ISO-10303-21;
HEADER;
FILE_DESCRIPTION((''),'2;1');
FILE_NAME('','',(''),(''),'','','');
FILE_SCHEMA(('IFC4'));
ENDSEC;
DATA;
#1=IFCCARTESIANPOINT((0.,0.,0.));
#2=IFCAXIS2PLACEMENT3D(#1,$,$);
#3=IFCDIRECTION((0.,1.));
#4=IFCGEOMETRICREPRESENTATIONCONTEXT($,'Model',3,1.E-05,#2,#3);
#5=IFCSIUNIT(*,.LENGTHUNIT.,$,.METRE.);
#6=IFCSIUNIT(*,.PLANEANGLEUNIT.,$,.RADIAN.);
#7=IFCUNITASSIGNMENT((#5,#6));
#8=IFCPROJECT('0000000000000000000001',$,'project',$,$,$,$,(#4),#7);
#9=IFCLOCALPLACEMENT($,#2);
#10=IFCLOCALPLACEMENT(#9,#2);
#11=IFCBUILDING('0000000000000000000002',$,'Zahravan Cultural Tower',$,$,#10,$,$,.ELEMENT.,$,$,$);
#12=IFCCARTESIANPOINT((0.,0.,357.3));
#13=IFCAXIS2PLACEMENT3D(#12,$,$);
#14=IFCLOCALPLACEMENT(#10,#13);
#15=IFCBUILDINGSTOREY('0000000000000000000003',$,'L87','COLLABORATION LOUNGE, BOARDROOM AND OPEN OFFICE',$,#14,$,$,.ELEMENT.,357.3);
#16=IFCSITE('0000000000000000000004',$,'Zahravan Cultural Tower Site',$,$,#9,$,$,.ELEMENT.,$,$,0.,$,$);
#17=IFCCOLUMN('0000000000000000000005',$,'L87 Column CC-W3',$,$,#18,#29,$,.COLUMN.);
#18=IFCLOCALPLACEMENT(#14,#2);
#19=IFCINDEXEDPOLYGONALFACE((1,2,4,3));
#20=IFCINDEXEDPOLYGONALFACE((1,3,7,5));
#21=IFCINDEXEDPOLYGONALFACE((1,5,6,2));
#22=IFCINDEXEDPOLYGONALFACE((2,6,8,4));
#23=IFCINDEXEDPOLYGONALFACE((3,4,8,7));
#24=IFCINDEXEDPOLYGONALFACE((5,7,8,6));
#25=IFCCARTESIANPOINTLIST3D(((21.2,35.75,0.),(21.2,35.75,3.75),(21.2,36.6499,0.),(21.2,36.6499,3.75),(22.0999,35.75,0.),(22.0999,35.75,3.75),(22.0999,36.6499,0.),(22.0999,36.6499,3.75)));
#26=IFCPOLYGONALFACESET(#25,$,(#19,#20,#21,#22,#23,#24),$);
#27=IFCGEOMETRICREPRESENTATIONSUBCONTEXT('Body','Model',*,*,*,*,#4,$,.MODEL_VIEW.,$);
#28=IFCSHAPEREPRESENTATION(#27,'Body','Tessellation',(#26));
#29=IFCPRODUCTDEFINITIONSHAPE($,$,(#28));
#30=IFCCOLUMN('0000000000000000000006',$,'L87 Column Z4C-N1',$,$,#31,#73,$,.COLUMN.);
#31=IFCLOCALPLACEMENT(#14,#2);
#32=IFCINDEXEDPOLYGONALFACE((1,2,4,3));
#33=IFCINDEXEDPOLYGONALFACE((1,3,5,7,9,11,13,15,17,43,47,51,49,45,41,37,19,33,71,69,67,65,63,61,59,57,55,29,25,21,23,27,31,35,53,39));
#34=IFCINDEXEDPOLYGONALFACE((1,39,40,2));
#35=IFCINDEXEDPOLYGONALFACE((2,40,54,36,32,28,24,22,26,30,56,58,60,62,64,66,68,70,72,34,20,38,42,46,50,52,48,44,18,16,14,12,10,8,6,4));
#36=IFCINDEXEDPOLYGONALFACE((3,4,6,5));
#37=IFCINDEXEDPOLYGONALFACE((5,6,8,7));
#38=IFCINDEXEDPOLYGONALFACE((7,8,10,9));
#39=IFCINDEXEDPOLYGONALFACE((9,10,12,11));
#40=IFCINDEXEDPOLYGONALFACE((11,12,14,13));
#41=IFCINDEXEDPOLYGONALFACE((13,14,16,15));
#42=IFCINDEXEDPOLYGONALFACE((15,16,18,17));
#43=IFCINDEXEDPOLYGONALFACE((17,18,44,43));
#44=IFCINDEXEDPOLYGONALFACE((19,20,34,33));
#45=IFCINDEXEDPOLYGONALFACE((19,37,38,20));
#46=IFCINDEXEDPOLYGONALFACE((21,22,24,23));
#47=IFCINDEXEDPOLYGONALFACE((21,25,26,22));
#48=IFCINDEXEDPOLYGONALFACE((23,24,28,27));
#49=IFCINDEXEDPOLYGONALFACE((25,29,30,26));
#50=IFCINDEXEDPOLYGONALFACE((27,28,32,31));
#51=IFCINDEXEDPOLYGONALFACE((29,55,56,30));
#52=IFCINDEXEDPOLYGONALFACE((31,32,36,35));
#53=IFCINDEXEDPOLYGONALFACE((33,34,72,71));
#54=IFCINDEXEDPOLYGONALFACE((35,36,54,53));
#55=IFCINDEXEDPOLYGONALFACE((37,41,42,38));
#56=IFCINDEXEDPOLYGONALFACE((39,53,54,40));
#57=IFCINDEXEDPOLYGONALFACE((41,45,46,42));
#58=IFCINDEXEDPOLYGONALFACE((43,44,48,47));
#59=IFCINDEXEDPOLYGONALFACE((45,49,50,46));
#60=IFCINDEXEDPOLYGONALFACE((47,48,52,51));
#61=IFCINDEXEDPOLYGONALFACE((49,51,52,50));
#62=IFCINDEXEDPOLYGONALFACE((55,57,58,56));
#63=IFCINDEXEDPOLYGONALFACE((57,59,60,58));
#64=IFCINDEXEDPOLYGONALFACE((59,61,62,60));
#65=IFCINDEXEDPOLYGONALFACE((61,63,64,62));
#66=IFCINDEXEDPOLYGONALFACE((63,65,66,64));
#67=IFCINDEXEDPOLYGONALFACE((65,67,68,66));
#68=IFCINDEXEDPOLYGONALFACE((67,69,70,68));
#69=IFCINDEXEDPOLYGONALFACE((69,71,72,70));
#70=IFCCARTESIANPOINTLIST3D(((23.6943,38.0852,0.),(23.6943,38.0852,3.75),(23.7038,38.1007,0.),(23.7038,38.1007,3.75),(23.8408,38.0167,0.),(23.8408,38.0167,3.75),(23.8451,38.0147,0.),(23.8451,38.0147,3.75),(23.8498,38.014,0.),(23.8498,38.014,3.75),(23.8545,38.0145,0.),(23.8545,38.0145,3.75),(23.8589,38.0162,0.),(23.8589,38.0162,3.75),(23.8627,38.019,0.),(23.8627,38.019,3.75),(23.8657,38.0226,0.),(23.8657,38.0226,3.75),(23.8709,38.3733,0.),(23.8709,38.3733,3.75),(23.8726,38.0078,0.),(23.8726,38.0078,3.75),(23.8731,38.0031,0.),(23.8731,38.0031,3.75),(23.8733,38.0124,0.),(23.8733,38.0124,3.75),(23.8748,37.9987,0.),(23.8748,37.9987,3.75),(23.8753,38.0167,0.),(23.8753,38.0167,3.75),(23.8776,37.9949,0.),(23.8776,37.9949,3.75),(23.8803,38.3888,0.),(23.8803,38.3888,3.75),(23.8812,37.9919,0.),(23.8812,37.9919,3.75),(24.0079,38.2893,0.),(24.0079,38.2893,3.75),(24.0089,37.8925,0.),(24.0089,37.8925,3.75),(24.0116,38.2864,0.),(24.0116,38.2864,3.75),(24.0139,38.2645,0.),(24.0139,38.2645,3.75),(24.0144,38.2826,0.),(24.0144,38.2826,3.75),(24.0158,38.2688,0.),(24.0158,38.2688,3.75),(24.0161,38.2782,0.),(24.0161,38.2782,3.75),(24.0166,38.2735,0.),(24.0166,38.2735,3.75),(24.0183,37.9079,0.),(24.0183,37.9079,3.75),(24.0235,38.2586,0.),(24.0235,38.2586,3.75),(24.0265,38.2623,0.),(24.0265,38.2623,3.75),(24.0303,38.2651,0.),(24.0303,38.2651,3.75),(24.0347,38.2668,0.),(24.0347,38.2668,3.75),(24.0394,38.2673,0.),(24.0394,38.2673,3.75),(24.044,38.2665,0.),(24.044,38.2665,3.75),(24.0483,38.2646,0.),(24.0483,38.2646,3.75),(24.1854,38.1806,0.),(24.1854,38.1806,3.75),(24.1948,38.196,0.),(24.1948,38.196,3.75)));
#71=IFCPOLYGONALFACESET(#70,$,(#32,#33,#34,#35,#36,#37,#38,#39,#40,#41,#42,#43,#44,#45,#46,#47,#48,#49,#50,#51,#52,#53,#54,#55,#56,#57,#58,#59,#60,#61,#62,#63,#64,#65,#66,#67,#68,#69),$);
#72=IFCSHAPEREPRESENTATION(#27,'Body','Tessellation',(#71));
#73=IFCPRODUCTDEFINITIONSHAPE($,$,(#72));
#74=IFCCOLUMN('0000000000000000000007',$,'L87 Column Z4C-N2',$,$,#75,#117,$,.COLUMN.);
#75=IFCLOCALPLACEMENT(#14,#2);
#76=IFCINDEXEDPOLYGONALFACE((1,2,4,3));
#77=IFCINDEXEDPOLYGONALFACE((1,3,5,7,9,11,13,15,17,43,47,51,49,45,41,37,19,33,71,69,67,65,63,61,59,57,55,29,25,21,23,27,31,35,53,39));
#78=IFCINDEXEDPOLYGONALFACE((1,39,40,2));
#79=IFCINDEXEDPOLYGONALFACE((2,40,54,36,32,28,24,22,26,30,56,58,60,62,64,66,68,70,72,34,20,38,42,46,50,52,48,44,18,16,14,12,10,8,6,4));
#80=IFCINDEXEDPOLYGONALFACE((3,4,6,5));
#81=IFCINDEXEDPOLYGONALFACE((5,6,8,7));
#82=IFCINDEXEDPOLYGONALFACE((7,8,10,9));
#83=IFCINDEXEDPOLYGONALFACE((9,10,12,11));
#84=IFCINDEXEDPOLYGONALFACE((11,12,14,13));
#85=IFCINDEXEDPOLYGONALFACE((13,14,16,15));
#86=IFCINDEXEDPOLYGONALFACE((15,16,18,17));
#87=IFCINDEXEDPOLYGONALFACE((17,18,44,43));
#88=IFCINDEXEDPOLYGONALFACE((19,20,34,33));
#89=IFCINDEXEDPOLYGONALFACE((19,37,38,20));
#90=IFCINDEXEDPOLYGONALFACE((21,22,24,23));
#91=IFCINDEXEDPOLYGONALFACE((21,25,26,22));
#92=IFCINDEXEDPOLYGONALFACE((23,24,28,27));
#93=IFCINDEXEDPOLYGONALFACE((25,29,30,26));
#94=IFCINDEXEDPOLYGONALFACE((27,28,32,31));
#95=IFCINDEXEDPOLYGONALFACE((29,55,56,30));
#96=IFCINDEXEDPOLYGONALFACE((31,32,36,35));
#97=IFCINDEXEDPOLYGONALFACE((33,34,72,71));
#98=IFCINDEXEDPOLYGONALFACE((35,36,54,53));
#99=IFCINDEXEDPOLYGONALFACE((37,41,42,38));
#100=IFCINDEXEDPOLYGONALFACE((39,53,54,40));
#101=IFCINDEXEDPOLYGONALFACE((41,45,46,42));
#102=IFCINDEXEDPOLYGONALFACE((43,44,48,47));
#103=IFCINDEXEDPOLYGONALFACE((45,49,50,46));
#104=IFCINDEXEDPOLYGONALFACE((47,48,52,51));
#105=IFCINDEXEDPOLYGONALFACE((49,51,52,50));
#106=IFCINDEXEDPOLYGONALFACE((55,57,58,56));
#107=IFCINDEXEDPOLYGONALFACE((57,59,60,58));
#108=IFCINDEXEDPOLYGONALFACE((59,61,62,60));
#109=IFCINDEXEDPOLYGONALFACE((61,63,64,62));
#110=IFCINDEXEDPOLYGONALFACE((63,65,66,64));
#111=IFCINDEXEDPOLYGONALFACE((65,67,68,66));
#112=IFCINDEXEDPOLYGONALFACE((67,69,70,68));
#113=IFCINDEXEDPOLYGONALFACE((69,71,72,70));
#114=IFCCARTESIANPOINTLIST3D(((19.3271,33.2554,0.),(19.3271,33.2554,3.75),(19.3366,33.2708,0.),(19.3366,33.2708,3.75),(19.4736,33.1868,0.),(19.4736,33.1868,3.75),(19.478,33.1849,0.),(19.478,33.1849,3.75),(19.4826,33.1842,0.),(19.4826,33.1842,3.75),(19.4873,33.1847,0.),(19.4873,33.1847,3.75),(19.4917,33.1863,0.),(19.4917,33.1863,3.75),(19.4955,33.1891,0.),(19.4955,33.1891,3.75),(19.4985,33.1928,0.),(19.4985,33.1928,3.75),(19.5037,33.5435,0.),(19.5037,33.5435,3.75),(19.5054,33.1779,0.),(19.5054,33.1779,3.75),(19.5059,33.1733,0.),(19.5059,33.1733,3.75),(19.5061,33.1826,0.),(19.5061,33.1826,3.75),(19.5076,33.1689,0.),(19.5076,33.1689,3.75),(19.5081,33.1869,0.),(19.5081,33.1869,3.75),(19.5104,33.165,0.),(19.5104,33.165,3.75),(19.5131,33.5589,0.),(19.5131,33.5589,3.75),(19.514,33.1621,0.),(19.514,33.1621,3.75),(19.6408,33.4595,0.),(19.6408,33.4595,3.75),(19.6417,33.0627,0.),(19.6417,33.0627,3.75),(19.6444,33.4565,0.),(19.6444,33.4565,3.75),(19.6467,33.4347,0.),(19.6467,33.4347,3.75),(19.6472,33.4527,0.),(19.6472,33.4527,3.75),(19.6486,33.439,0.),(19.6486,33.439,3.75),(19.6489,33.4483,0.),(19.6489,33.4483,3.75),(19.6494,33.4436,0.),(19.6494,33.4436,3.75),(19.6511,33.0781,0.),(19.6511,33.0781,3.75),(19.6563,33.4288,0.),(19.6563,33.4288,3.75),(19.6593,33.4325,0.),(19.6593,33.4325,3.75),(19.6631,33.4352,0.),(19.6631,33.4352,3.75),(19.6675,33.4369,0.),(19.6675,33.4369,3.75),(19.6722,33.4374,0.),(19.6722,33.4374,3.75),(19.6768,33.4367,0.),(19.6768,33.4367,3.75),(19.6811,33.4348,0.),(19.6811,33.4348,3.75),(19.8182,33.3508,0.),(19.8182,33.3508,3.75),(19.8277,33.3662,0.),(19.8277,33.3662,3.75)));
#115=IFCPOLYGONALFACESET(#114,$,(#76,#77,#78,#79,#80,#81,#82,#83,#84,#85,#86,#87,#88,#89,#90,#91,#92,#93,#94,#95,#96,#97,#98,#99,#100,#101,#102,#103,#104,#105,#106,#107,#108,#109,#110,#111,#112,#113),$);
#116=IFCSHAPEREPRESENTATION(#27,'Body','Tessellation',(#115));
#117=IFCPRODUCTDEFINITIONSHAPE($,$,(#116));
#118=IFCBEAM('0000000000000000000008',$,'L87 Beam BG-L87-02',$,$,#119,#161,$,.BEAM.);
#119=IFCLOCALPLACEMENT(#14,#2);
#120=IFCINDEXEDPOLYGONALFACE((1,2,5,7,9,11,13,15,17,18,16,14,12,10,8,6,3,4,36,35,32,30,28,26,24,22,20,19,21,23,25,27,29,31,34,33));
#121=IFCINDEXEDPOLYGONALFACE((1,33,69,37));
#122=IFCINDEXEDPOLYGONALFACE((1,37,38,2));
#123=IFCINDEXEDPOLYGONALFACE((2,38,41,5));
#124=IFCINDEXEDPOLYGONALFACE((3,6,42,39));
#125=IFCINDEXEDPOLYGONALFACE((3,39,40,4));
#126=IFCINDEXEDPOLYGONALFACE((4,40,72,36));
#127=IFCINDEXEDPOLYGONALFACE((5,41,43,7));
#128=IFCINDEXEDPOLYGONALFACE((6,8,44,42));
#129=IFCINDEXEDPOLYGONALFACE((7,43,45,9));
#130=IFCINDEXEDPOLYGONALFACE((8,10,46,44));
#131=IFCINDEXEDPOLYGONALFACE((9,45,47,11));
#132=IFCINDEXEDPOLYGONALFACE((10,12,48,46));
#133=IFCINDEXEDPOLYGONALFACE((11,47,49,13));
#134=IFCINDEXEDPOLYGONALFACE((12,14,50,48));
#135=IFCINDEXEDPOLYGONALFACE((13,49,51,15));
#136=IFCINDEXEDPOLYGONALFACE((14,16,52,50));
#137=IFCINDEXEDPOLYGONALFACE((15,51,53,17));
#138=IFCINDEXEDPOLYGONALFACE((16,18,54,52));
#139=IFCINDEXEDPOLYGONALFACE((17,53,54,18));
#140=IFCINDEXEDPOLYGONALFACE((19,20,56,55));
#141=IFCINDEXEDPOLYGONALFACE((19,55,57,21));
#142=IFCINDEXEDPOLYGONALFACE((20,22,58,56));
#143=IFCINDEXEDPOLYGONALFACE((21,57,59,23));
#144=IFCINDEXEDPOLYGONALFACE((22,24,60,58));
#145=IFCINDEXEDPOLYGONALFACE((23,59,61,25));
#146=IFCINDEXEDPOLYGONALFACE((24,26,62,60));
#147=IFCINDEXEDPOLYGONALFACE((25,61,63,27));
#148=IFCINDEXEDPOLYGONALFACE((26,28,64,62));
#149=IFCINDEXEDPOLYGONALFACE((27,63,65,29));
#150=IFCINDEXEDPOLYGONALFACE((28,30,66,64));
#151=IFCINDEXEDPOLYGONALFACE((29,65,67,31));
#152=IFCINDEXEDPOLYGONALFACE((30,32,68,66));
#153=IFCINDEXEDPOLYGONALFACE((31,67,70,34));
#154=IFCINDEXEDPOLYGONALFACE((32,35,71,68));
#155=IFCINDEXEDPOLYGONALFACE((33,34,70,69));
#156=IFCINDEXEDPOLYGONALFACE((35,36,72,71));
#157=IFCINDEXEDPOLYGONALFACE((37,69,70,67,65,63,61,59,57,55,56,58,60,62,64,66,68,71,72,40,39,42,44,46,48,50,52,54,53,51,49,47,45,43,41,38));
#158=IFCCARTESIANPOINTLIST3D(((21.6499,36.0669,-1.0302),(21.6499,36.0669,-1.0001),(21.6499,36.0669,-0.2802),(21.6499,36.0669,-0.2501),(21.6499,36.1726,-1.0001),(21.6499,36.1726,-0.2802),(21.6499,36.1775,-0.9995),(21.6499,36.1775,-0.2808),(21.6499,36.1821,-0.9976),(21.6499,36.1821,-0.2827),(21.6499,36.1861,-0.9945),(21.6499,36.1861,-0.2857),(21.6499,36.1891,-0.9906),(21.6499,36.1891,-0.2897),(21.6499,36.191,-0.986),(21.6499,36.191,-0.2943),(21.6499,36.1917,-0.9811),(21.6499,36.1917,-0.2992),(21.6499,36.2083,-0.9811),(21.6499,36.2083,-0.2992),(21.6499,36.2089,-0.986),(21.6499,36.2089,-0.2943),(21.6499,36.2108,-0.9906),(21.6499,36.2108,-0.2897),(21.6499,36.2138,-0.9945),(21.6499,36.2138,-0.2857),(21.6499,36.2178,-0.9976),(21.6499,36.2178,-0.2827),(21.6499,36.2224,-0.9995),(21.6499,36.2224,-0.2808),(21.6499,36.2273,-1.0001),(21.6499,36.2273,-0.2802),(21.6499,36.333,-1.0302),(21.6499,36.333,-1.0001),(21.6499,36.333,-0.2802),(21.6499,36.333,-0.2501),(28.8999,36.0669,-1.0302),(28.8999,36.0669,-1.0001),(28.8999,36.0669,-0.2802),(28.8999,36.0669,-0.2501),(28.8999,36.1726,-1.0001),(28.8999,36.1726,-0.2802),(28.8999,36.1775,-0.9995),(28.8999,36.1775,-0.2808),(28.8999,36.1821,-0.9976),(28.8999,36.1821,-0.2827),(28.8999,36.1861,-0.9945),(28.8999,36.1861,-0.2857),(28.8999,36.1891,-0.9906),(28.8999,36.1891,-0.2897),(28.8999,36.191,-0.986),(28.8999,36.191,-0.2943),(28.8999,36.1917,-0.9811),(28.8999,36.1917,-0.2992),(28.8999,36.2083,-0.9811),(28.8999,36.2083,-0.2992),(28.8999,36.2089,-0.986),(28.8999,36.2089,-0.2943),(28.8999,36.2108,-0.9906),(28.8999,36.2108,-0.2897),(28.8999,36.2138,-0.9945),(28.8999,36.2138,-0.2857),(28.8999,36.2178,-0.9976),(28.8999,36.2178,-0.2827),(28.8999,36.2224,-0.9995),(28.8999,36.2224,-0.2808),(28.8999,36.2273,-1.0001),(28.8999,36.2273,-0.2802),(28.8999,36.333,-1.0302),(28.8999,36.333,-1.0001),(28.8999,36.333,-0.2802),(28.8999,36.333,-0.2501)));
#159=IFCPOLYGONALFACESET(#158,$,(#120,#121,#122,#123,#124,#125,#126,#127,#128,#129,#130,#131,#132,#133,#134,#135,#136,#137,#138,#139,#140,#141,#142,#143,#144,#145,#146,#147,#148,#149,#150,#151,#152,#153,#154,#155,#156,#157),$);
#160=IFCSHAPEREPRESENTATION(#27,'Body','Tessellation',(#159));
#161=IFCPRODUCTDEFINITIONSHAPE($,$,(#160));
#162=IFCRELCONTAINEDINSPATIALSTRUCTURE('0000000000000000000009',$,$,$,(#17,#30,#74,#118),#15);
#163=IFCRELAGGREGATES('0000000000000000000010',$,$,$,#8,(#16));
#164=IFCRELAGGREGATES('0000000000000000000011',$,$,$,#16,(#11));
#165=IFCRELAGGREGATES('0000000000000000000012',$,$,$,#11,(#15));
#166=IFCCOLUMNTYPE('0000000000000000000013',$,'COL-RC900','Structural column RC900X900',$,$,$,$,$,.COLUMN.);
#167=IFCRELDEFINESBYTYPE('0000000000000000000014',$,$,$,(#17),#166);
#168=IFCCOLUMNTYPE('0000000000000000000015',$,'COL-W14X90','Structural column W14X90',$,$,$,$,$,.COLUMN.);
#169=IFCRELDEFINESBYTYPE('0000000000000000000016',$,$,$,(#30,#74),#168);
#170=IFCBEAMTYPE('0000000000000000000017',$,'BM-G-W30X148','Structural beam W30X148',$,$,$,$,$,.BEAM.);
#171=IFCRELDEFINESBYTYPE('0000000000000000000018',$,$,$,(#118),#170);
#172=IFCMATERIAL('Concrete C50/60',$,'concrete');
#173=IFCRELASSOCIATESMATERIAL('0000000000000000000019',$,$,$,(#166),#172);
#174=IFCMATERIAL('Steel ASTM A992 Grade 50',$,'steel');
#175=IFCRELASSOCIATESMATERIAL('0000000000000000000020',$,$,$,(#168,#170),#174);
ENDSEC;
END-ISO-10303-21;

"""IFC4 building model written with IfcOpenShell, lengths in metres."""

from ifc_helpers import new_model, si_unit, direction, frame, origin, origin_2d, place, context, subcontext, project, spatial, rectangle, i_section, extrude, source, transform, mapped, material, material_profile, profile_set, type_object, element, save


model = new_model("IFC4")

# Units and contexts
model_context = context("Model", 3, precision=1e-05, world=origin(), true_north=direction((0.0, 1.0)))
body_context = subcontext(model_context, "Body", "Model", "MODEL_VIEW")
ifc_project = project(units=[si_unit("LENGTHUNIT", "METRE"), si_unit("PLANEANGLEUNIT", "RADIAN")], contexts=[model_context])

# Site, building, storey
site_placement = place(None, origin())
site = spatial("IfcSite", under=ifc_project, at=site_placement, Name="Zahravan Cultural Tower Site", CompositionType="ELEMENT", RefElevation=0.0)
building_placement = place(site_placement, origin())
building = spatial("IfcBuilding", under=site, at=building_placement, Name="Zahravan Cultural Tower", CompositionType="ELEMENT")
storey_placement = place(building_placement, frame((0.0, 0.0, 357.3)))
storey = spatial("IfcBuildingStorey", under=building, at=storey_placement, Name="L87", Description="COLLABORATION LOUNGE, BOARDROOM AND OPEN OFFICE", CompositionType="ELEMENT", Elevation=357.3)

# Columns
ifc_material_1 = material(Name="Concrete C50/60", Category="concrete")
ifc_material_profile_1 = material_profile(ifc_material_1, rectangle(XDim=0.8999, YDim=0.8999, at=origin_2d()), Name="RC900X900")
ifc_profile_set_1 = profile_set([ifc_material_profile_1], Name="Concrete C50/60")
column_type_1 = type_object("IfcColumnType", Name="COL-RC900", Description="Structural column RC900X900", PredefinedType="COLUMN", material=ifc_profile_set_1)
shared_shape_1 = source(origin(), body_context, "Body", "SweptSolid", [
    extrude(rectangle(XDim=0.8999, YDim=0.8999, at=origin_2d()), origin(), (0.0, 0.0, 1.0), 3.75),
])
column_placement = place(storey_placement, frame((21.6499, 36.2, 0.0), z_axis=(0.0, 0.0, 1.0), x_axis=(1.0, 0.0, 0.0)))
element("IfcColumn", 1, at=column_placement, inside=storey, type_object=column_type_1, Name="L87 Column CC-W3", PredefinedType="COLUMN", context=body_context, shape_type="MappedRepresentation", body=[
    mapped(shared_shape_1, transform((0.0, 0.0, 0.0), x_axis=(1.0, 0.0, 0.0), y_axis=(0.0, 1.0, 0.0), z_axis=(0.0, 0.0, 1.0), scale=1.0)),
])
ifc_material_2 = material(Name="Steel ASTM A992 Grade 50", Category="steel")
ifc_material_profile_2 = material_profile(ifc_material_2, i_section(OverallWidth=0.3689, OverallDepth=0.356, WebThickness=0.0112, FlangeThickness=0.0181, FilletRadius=0.0181, at=origin_2d()), Name="W14X90")
ifc_profile_set_2 = profile_set([ifc_material_profile_2], Name="Steel ASTM A992 Grade 50")
column_type_2 = type_object("IfcColumnType", Name="COL-W14X90", Description="Structural column W14X90", PredefinedType="COLUMN", material=ifc_profile_set_2)
shared_shape_2 = source(origin(), body_context, "Body", "SweptSolid", [
    extrude(i_section(OverallWidth=0.3689, OverallDepth=0.356, WebThickness=0.0112, FlangeThickness=0.0181, FilletRadius=0.0181, at=origin_2d()), origin(), (0.0, 0.0, 1.0), 3.75),
])
for number, where, z_axis, x_axis, name in (
    (2, (23.9446, 38.1406, 0.0), (0.0, 0.0, 1.0), (-0.85264, 0.522499, 0.0), "L87 Column Z4C-N1"),
    (3, (19.5774, 33.3108, 0.0), (0.0, 0.0, 1.0), (-0.85264, 0.522499, 0.0), "L87 Column Z4C-N2"),
):
    element("IfcColumn", number, at=place(storey_placement, frame(where, z_axis=z_axis, x_axis=x_axis)), inside=storey, type_object=column_type_2, Name=name, PredefinedType="COLUMN", context=body_context, shape_type="MappedRepresentation", body=[
        mapped(shared_shape_2, transform((0.0, 0.0, 0.0), x_axis=(1.0, 0.0, 0.0), y_axis=(0.0, 1.0, 0.0), z_axis=(0.0, 0.0, 1.0), scale=1.0)),
    ])

# Beam
ifc_material_profile_3 = material_profile(ifc_material_2, i_section(OverallWidth=0.2661, OverallDepth=0.78, WebThickness=0.0166, FlangeThickness=0.03, FilletRadius=0.019, at=origin_2d()), Name="W30X148")
ifc_profile_set_3 = profile_set([ifc_material_profile_3], Name="Steel ASTM A992 Grade 50")
beam_type_1 = type_object("IfcBeamType", Name="BM-G-W30X148", Description="Structural beam W30X148", PredefinedType="BEAM", material=ifc_profile_set_3)
shared_shape_3 = source(origin(), body_context, "Body", "SweptSolid", [
    extrude(i_section(OverallWidth=0.2661, OverallDepth=0.78, WebThickness=0.0166, FlangeThickness=0.03, FilletRadius=0.019, at=origin_2d()), origin(), (0.0, 0.0, 1.0), 7.25),
])
beam_1_placement = place(storey_placement, frame((21.6499, 36.2, -0.6401), z_axis=(1.0, 0.0, 0.0), x_axis=(0.0, 1.0, 0.0)))
element("IfcBeam", 4, at=beam_1_placement, inside=storey, type_object=beam_type_1, Name="L87 Beam BG-L87-02", PredefinedType="BEAM", context=body_context, shape_type="MappedRepresentation", body=[
    mapped(shared_shape_3, transform((0.0, 0.0, 0.0), x_axis=(1.0, 0.0, 0.0), y_axis=(0.0, 1.0, 0.0), z_axis=(0.0, 0.0, 1.0), scale=1.0)),
])

save(model, "model.ifc")
